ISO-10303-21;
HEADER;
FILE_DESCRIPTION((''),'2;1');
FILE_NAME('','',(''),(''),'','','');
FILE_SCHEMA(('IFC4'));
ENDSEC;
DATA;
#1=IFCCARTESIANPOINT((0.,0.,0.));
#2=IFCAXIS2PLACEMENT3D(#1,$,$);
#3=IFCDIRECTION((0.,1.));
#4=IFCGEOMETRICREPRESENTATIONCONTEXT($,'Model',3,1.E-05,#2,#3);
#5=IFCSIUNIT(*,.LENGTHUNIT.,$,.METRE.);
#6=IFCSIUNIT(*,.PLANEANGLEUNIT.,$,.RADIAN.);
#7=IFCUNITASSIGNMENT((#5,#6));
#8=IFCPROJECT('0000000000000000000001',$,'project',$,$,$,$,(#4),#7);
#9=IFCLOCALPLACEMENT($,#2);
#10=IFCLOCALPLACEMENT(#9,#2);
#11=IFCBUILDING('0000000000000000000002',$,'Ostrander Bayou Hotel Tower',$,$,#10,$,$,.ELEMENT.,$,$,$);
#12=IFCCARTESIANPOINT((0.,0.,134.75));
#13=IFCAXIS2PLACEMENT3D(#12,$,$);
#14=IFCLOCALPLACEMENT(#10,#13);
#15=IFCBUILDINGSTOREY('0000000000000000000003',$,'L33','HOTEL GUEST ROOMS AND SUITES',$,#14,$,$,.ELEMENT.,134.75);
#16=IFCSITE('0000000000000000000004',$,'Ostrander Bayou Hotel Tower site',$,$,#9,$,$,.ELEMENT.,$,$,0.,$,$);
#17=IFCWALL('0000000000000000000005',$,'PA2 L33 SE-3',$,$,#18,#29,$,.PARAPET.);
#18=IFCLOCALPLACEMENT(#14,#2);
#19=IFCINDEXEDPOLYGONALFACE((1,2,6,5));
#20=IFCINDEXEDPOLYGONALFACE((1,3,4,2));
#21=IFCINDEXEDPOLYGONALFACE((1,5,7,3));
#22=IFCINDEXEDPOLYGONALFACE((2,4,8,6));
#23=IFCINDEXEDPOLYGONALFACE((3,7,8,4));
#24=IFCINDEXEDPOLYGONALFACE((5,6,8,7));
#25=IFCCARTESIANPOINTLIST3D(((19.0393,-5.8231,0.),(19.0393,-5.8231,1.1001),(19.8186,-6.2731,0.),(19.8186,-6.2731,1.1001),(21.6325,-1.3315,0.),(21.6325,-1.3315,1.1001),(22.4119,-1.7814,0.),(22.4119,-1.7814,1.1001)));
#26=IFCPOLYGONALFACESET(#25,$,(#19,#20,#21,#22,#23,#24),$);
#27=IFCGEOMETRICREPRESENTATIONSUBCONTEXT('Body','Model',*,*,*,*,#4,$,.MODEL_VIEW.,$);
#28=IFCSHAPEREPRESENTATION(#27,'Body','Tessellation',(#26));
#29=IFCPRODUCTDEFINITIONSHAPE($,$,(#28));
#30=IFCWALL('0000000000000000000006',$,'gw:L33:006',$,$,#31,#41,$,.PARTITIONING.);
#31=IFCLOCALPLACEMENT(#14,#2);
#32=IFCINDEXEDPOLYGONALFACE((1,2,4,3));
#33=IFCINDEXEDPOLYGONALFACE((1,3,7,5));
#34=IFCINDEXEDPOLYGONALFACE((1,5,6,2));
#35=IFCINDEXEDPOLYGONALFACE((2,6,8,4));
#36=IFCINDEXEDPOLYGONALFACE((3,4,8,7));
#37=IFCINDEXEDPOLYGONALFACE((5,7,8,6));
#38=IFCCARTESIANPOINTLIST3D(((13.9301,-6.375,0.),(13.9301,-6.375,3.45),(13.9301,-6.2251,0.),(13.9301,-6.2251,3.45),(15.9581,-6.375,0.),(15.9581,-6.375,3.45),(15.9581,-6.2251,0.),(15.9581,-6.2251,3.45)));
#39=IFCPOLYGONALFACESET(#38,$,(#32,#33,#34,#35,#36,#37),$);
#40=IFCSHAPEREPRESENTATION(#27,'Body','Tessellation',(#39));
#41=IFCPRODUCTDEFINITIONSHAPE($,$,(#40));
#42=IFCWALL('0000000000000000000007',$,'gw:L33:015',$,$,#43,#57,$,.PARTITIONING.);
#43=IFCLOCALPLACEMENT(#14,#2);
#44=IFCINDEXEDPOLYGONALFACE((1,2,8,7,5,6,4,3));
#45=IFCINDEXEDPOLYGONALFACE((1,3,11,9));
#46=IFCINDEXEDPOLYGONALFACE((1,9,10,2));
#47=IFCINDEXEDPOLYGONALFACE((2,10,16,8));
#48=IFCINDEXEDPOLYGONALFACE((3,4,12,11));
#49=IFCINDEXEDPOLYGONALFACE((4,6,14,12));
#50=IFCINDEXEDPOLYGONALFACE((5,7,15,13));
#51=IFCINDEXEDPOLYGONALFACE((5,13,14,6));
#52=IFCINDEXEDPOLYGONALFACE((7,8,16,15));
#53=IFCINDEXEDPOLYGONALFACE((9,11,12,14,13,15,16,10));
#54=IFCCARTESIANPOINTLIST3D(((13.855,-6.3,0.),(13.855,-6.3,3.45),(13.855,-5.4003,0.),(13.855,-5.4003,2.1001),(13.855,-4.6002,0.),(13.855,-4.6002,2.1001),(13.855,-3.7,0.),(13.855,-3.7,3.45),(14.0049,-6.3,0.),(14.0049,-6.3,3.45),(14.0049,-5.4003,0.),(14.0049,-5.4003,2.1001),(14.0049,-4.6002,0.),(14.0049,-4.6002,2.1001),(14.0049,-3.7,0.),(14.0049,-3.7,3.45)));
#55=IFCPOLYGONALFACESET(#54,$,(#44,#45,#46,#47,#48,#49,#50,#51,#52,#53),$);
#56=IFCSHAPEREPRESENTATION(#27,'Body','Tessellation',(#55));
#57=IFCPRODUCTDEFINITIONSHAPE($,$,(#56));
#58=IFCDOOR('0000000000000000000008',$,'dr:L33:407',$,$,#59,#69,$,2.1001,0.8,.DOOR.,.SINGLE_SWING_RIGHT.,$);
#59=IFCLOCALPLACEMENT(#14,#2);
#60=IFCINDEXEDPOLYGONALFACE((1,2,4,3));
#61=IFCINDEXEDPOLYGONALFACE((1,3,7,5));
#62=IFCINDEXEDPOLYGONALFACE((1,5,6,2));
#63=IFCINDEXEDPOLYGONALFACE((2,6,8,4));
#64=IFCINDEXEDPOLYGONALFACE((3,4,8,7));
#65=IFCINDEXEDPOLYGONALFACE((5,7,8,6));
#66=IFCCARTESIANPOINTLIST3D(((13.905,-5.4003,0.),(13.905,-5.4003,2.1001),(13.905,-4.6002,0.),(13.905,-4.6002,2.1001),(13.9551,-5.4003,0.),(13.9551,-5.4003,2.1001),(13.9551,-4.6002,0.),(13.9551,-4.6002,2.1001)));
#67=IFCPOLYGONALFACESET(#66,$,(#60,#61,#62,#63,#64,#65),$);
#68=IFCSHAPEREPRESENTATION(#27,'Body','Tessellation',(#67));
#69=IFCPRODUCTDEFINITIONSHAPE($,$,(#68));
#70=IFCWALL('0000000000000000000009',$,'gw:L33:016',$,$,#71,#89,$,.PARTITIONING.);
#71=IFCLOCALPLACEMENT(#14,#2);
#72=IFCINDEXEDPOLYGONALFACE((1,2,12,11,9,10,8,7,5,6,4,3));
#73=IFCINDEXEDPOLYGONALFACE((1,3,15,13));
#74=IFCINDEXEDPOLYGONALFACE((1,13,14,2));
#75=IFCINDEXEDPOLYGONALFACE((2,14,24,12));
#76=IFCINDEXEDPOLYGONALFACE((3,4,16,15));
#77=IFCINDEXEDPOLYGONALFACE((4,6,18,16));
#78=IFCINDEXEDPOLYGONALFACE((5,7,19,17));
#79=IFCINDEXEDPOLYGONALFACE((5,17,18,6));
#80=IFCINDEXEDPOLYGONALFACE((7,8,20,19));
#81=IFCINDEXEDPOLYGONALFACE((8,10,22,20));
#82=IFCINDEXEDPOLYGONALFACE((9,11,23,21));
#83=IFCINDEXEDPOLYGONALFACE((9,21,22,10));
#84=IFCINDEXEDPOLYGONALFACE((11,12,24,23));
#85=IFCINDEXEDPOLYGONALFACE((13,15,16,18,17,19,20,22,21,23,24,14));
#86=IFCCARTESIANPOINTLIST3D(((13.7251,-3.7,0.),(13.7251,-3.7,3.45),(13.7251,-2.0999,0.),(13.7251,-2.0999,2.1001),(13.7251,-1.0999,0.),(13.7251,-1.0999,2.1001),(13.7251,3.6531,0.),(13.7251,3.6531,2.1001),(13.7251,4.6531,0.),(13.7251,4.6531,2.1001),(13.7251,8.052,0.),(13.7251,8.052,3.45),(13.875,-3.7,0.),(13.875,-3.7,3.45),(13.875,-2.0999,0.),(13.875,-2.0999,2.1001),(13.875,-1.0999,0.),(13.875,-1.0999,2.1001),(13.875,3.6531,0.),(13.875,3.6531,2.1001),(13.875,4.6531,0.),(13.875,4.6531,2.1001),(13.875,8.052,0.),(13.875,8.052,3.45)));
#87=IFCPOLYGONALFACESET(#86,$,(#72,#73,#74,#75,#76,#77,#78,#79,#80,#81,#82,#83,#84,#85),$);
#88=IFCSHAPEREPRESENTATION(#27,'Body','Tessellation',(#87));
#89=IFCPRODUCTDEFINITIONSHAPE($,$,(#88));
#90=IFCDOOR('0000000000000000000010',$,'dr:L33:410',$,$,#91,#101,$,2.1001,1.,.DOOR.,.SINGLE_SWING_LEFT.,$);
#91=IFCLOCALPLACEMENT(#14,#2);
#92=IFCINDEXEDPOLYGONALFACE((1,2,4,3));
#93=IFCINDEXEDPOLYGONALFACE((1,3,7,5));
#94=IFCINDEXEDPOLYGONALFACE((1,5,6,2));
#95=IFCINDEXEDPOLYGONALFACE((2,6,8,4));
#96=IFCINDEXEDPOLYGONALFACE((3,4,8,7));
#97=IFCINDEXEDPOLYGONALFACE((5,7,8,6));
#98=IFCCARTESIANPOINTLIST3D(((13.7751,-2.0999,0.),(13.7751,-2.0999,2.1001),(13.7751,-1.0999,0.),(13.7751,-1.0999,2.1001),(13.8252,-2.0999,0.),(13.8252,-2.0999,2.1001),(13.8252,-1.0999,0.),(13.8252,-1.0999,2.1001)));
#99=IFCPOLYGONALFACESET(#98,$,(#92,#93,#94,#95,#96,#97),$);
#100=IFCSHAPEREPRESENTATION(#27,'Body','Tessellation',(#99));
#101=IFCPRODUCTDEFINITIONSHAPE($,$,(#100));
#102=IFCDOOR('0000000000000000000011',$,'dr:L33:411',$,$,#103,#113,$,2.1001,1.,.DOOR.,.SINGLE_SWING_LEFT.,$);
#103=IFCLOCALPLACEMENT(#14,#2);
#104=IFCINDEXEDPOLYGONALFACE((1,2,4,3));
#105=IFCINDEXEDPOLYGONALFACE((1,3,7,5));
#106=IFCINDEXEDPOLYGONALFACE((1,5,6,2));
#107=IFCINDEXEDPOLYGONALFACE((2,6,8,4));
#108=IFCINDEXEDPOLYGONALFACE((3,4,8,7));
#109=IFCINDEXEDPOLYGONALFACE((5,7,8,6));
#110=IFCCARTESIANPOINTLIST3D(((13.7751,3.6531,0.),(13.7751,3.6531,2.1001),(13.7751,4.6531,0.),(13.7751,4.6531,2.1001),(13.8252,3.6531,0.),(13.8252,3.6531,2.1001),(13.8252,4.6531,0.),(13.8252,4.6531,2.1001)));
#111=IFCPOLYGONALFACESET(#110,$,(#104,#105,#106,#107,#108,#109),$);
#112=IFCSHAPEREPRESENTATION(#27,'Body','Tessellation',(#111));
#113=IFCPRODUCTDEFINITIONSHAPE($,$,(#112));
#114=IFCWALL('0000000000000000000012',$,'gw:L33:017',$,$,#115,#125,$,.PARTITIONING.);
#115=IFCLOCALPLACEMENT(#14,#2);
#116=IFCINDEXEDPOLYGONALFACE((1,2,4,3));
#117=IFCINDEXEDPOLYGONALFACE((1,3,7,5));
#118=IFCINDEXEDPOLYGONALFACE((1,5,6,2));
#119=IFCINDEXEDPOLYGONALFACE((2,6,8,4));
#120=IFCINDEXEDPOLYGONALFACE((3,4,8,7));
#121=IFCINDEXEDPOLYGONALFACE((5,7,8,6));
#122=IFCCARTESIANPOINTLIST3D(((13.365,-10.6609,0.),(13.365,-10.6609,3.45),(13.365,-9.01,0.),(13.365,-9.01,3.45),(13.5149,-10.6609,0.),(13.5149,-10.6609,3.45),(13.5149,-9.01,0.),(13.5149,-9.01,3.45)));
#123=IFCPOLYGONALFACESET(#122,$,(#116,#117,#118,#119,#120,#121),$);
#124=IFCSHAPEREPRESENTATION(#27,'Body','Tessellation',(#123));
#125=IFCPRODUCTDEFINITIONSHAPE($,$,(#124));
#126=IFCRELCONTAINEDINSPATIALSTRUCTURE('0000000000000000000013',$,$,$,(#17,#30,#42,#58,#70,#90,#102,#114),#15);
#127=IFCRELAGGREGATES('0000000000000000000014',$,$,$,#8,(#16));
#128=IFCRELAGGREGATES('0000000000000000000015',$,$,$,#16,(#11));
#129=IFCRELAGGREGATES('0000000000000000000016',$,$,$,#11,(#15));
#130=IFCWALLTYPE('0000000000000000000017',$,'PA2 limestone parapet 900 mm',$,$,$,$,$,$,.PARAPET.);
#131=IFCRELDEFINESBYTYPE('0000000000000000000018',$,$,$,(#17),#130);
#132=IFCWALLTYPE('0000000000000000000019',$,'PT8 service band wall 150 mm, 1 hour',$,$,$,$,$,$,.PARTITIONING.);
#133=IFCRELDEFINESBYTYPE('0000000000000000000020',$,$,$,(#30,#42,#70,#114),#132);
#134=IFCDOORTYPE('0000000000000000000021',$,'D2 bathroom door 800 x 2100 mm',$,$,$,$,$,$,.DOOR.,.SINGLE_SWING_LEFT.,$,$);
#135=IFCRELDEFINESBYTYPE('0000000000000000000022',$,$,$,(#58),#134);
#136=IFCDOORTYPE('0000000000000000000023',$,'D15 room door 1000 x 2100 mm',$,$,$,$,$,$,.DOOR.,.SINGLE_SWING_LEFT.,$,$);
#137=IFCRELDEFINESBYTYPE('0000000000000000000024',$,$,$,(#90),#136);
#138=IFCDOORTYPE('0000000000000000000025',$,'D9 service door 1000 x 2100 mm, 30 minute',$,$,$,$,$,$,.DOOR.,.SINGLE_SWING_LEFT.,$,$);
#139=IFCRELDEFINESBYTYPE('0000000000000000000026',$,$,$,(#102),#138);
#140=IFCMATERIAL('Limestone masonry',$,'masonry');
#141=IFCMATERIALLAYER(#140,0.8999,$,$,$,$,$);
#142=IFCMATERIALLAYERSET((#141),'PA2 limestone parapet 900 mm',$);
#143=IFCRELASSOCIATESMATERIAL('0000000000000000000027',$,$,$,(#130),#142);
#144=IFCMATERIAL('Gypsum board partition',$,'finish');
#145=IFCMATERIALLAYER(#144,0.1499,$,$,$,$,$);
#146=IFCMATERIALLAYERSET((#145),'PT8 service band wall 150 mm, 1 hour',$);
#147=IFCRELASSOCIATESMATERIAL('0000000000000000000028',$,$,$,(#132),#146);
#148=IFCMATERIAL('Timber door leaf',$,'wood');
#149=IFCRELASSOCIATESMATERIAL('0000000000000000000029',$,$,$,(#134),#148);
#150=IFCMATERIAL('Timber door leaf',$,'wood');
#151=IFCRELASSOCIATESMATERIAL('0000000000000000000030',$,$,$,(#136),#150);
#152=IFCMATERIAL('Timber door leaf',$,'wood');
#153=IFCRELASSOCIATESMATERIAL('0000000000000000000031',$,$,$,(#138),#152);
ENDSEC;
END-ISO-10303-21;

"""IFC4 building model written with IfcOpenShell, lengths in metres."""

from ifc_helpers import new_model, si_unit, direction, frame, frame_2d, origin, place, context, subcontext, project, spatial, rectangle, extrude, material, layer, layer_set, type_object, element, fill, save


model = new_model("IFC4")

# Units and contexts
model_context = context("Model", 3, precision=1e-05, world=origin(), true_north=direction((0.0, 1.0)))
body_context = subcontext(model_context, "Body", "Model", "MODEL_VIEW")
ifc_project = project(units=[si_unit("LENGTHUNIT", "METRE"), si_unit("PLANEANGLEUNIT", "RADIAN")], contexts=[model_context])

# Site, building, storey
site_placement = place(None, origin())
site = spatial("IfcSite", under=ifc_project, at=site_placement, Name="Ostrander Bayou Hotel Tower site", CompositionType="ELEMENT", RefElevation=0.0)
building_placement = place(site_placement, origin())
building = spatial("IfcBuilding", under=site, at=building_placement, Name="Ostrander Bayou Hotel Tower", CompositionType="ELEMENT")
storey_placement = place(building_placement, frame((0.0, 0.0, 134.75)))
storey = spatial("IfcBuildingStorey", under=building, at=storey_placement, Name="L33", Description="HOTEL GUEST ROOMS AND SUITES", CompositionType="ELEMENT", Elevation=134.75)

# Walls
ifc_material_1 = material(Name="Limestone masonry", Category="masonry")
ifc_layer_1 = layer(ifc_material_1, 0.8999)
ifc_layer_set_1 = layer_set([ifc_layer_1], Name="PA2 limestone parapet 900 mm")
wall_type_1 = type_object("IfcWallType", Name="PA2 limestone parapet 900 mm", PredefinedType="PARAPET", material=ifc_layer_set_1)
wall_1_placement = place(storey_placement, frame((19.429, -6.0481, 0.0), z_axis=(0.0, 0.0, 1.0), x_axis=(0.499997, 0.866027, 0.0)))
element("IfcWall", 1, at=wall_1_placement, inside=storey, type_object=wall_type_1, Name="PA2 L33 SE-3", PredefinedType="PARAPET", context=body_context, shape_type="SweptSolid", body=[
    extrude(rectangle(XDim=5.1865, YDim=0.8999, at=frame_2d((2.5933, 0.0))), origin(), (0.0, 0.0, 1.0), 1.1001),
])
ifc_material_2 = material(Name="Gypsum board partition", Category="finish")
ifc_layer_2 = layer(ifc_material_2, 0.1499)
ifc_layer_set_2 = layer_set([ifc_layer_2], Name="PT8 service band wall 150 mm, 1 hour")
wall_type_2 = type_object("IfcWallType", Name="PT8 service band wall 150 mm, 1 hour", PredefinedType="PARTITIONING", material=ifc_layer_set_2)
wall_2_placement = place(storey_placement, frame((13.9299, -6.3, 0.0), z_axis=(0.0, 0.0, 1.0), x_axis=(1.0, 0.0, 0.0)))
element("IfcWall", 2, at=wall_2_placement, inside=storey, type_object=wall_type_2, Name="gw:L33:006", PredefinedType="PARTITIONING", context=body_context, shape_type="SweptSolid", body=[
    extrude(rectangle(XDim=2.0281, YDim=0.1499, at=frame_2d((1.0142, 0.0))), origin(), (0.0, 0.0, 1.0), 3.45),
])

# Wall, opening, door
wall_3_placement = place(storey_placement, frame((13.9299, -6.3, 0.0), z_axis=(0.0, 0.0, 1.0), x_axis=(0.0, 1.0, 0.0)))
wall_3 = element("IfcWall", 3, at=wall_3_placement, inside=storey, type_object=wall_type_2, Name="gw:L33:015", PredefinedType="PARTITIONING", context=body_context, shape_type="SweptSolid", body=[
    extrude(rectangle(XDim=2.6001, YDim=0.1499, at=frame_2d((1.3, 0.0))), origin(), (0.0, 0.0, 1.0), 3.45),
])
opening_1_placement = place(wall_3_placement, frame((0.8999, 0.0, 0.0)))
opening_1 = element("IfcOpeningElement", 4, at=opening_1_placement, cuts=wall_3, PredefinedType="OPENING", context=body_context, shape_type="SweptSolid", body=[
    extrude(rectangle(XDim=0.8, YDim=2.1001, at=frame_2d((0.3999, 1.05))), frame((0.0, 0.075, 0.0), z_axis=(0.0, -1.0, 0.0), x_axis=(1.0, 0.0, 0.0)), (0.0, 0.0, 1.0), 0.1499),
])
ifc_material_3 = material(Name="Timber door leaf", Category="wood")
door_type_1 = type_object("IfcDoorType", Name="D2 bathroom door 800 x 2100 mm", OperationType="SINGLE_SWING_LEFT", PredefinedType="DOOR", material=ifc_material_3)
door_1_placement = place(opening_1_placement, origin())
door_1 = element("IfcDoor", 5, at=door_1_placement, inside=storey, type_object=door_type_1, Name="dr:L33:407", OperationType="SINGLE_SWING_RIGHT", OverallHeight=2.1001, OverallWidth=0.8, PredefinedType="DOOR", context=body_context, shape_type="SweptSolid", body=[
    extrude(rectangle(XDim=0.8, YDim=2.1001, at=frame_2d((0.3999, 1.05))), frame((0.0, 0.0249, 0.0), z_axis=(0.0, -1.0, 0.0), x_axis=(1.0, 0.0, 0.0)), (0.0, 0.0, 1.0), 0.05),
])
fill(opening_1, door_1)

# Wall, openings, doors
wall_4_placement = place(storey_placement, frame((13.8, -3.7, 0.0), z_axis=(0.0, 0.0, 1.0), x_axis=(0.0, 1.0, 0.0)))
wall_4 = element("IfcWall", 6, at=wall_4_placement, inside=storey, type_object=wall_type_2, Name="gw:L33:016", PredefinedType="PARTITIONING", context=body_context, shape_type="SweptSolid", body=[
    extrude(rectangle(XDim=11.752, YDim=0.1499, at=frame_2d((5.876, 0.0))), origin(), (0.0, 0.0, 1.0), 3.45),
])
opening_2_placement = place(wall_4_placement, frame((1.6001, 0.0, 0.0)))
opening_2 = element("IfcOpeningElement", 7, at=opening_2_placement, cuts=wall_4, PredefinedType="OPENING", context=body_context, shape_type="SweptSolid", body=[
    extrude(rectangle(XDim=1.0, YDim=2.1001, at=frame_2d((0.5, 1.05))), frame((0.0, 0.075, 0.0), z_axis=(0.0, -1.0, 0.0), x_axis=(1.0, 0.0, 0.0)), (0.0, 0.0, 1.0), 0.1499),
])
opening_3_placement = place(wall_4_placement, frame((7.353, 0.0, 0.0)))
opening_3 = element("IfcOpeningElement", 8, at=opening_3_placement, cuts=wall_4, PredefinedType="OPENING", context=body_context, shape_type="SweptSolid", body=[
    extrude(rectangle(XDim=1.0, YDim=2.1001, at=frame_2d((0.5, 1.05))), frame((0.0, 0.075, 0.0), z_axis=(0.0, -1.0, 0.0), x_axis=(1.0, 0.0, 0.0)), (0.0, 0.0, 1.0), 0.1499),
])
ifc_material_4 = material(Name="Timber door leaf", Category="wood")
door_type_2 = type_object("IfcDoorType", Name="D15 room door 1000 x 2100 mm", OperationType="SINGLE_SWING_LEFT", PredefinedType="DOOR", material=ifc_material_4)
door_2_placement = place(opening_2_placement, origin())
door_2 = element("IfcDoor", 9, at=door_2_placement, inside=storey, type_object=door_type_2, Name="dr:L33:410", OperationType="SINGLE_SWING_LEFT", OverallHeight=2.1001, OverallWidth=1.0, PredefinedType="DOOR", context=body_context, shape_type="SweptSolid", body=[
    extrude(rectangle(XDim=1.0, YDim=2.1001, at=frame_2d((0.5, 1.05))), frame((0.0, 0.0249, 0.0), z_axis=(0.0, -1.0, 0.0), x_axis=(1.0, 0.0, 0.0)), (0.0, 0.0, 1.0), 0.05),
])
fill(opening_2, door_2)
ifc_material_5 = material(Name="Timber door leaf", Category="wood")
door_type_3 = type_object("IfcDoorType", Name="D9 service door 1000 x 2100 mm, 30 minute", OperationType="SINGLE_SWING_LEFT", PredefinedType="DOOR", material=ifc_material_5)
door_3_placement = place(opening_3_placement, origin())
door_3 = element("IfcDoor", 10, at=door_3_placement, inside=storey, type_object=door_type_3, Name="dr:L33:411", OperationType="SINGLE_SWING_LEFT", OverallHeight=2.1001, OverallWidth=1.0, PredefinedType="DOOR", context=body_context, shape_type="SweptSolid", body=[
    extrude(rectangle(XDim=1.0, YDim=2.1001, at=frame_2d((0.5, 1.05))), frame((0.0, 0.0249, 0.0), z_axis=(0.0, -1.0, 0.0), x_axis=(1.0, 0.0, 0.0)), (0.0, 0.0, 1.0), 0.05),
])
fill(opening_3, door_3)

# Wall
wall_5_placement = place(storey_placement, frame((13.4399, -10.6609, 0.0), z_axis=(0.0, 0.0, 1.0), x_axis=(0.0, 1.0, 0.0)))
element("IfcWall", 11, at=wall_5_placement, inside=storey, type_object=wall_type_2, Name="gw:L33:017", PredefinedType="PARTITIONING", context=body_context, shape_type="SweptSolid", body=[
    extrude(rectangle(XDim=1.6509, YDim=0.1499, at=frame_2d((0.8254, 0.0))), origin(), (0.0, 0.0, 1.0), 3.45),
])

save(model, "model.ifc")
